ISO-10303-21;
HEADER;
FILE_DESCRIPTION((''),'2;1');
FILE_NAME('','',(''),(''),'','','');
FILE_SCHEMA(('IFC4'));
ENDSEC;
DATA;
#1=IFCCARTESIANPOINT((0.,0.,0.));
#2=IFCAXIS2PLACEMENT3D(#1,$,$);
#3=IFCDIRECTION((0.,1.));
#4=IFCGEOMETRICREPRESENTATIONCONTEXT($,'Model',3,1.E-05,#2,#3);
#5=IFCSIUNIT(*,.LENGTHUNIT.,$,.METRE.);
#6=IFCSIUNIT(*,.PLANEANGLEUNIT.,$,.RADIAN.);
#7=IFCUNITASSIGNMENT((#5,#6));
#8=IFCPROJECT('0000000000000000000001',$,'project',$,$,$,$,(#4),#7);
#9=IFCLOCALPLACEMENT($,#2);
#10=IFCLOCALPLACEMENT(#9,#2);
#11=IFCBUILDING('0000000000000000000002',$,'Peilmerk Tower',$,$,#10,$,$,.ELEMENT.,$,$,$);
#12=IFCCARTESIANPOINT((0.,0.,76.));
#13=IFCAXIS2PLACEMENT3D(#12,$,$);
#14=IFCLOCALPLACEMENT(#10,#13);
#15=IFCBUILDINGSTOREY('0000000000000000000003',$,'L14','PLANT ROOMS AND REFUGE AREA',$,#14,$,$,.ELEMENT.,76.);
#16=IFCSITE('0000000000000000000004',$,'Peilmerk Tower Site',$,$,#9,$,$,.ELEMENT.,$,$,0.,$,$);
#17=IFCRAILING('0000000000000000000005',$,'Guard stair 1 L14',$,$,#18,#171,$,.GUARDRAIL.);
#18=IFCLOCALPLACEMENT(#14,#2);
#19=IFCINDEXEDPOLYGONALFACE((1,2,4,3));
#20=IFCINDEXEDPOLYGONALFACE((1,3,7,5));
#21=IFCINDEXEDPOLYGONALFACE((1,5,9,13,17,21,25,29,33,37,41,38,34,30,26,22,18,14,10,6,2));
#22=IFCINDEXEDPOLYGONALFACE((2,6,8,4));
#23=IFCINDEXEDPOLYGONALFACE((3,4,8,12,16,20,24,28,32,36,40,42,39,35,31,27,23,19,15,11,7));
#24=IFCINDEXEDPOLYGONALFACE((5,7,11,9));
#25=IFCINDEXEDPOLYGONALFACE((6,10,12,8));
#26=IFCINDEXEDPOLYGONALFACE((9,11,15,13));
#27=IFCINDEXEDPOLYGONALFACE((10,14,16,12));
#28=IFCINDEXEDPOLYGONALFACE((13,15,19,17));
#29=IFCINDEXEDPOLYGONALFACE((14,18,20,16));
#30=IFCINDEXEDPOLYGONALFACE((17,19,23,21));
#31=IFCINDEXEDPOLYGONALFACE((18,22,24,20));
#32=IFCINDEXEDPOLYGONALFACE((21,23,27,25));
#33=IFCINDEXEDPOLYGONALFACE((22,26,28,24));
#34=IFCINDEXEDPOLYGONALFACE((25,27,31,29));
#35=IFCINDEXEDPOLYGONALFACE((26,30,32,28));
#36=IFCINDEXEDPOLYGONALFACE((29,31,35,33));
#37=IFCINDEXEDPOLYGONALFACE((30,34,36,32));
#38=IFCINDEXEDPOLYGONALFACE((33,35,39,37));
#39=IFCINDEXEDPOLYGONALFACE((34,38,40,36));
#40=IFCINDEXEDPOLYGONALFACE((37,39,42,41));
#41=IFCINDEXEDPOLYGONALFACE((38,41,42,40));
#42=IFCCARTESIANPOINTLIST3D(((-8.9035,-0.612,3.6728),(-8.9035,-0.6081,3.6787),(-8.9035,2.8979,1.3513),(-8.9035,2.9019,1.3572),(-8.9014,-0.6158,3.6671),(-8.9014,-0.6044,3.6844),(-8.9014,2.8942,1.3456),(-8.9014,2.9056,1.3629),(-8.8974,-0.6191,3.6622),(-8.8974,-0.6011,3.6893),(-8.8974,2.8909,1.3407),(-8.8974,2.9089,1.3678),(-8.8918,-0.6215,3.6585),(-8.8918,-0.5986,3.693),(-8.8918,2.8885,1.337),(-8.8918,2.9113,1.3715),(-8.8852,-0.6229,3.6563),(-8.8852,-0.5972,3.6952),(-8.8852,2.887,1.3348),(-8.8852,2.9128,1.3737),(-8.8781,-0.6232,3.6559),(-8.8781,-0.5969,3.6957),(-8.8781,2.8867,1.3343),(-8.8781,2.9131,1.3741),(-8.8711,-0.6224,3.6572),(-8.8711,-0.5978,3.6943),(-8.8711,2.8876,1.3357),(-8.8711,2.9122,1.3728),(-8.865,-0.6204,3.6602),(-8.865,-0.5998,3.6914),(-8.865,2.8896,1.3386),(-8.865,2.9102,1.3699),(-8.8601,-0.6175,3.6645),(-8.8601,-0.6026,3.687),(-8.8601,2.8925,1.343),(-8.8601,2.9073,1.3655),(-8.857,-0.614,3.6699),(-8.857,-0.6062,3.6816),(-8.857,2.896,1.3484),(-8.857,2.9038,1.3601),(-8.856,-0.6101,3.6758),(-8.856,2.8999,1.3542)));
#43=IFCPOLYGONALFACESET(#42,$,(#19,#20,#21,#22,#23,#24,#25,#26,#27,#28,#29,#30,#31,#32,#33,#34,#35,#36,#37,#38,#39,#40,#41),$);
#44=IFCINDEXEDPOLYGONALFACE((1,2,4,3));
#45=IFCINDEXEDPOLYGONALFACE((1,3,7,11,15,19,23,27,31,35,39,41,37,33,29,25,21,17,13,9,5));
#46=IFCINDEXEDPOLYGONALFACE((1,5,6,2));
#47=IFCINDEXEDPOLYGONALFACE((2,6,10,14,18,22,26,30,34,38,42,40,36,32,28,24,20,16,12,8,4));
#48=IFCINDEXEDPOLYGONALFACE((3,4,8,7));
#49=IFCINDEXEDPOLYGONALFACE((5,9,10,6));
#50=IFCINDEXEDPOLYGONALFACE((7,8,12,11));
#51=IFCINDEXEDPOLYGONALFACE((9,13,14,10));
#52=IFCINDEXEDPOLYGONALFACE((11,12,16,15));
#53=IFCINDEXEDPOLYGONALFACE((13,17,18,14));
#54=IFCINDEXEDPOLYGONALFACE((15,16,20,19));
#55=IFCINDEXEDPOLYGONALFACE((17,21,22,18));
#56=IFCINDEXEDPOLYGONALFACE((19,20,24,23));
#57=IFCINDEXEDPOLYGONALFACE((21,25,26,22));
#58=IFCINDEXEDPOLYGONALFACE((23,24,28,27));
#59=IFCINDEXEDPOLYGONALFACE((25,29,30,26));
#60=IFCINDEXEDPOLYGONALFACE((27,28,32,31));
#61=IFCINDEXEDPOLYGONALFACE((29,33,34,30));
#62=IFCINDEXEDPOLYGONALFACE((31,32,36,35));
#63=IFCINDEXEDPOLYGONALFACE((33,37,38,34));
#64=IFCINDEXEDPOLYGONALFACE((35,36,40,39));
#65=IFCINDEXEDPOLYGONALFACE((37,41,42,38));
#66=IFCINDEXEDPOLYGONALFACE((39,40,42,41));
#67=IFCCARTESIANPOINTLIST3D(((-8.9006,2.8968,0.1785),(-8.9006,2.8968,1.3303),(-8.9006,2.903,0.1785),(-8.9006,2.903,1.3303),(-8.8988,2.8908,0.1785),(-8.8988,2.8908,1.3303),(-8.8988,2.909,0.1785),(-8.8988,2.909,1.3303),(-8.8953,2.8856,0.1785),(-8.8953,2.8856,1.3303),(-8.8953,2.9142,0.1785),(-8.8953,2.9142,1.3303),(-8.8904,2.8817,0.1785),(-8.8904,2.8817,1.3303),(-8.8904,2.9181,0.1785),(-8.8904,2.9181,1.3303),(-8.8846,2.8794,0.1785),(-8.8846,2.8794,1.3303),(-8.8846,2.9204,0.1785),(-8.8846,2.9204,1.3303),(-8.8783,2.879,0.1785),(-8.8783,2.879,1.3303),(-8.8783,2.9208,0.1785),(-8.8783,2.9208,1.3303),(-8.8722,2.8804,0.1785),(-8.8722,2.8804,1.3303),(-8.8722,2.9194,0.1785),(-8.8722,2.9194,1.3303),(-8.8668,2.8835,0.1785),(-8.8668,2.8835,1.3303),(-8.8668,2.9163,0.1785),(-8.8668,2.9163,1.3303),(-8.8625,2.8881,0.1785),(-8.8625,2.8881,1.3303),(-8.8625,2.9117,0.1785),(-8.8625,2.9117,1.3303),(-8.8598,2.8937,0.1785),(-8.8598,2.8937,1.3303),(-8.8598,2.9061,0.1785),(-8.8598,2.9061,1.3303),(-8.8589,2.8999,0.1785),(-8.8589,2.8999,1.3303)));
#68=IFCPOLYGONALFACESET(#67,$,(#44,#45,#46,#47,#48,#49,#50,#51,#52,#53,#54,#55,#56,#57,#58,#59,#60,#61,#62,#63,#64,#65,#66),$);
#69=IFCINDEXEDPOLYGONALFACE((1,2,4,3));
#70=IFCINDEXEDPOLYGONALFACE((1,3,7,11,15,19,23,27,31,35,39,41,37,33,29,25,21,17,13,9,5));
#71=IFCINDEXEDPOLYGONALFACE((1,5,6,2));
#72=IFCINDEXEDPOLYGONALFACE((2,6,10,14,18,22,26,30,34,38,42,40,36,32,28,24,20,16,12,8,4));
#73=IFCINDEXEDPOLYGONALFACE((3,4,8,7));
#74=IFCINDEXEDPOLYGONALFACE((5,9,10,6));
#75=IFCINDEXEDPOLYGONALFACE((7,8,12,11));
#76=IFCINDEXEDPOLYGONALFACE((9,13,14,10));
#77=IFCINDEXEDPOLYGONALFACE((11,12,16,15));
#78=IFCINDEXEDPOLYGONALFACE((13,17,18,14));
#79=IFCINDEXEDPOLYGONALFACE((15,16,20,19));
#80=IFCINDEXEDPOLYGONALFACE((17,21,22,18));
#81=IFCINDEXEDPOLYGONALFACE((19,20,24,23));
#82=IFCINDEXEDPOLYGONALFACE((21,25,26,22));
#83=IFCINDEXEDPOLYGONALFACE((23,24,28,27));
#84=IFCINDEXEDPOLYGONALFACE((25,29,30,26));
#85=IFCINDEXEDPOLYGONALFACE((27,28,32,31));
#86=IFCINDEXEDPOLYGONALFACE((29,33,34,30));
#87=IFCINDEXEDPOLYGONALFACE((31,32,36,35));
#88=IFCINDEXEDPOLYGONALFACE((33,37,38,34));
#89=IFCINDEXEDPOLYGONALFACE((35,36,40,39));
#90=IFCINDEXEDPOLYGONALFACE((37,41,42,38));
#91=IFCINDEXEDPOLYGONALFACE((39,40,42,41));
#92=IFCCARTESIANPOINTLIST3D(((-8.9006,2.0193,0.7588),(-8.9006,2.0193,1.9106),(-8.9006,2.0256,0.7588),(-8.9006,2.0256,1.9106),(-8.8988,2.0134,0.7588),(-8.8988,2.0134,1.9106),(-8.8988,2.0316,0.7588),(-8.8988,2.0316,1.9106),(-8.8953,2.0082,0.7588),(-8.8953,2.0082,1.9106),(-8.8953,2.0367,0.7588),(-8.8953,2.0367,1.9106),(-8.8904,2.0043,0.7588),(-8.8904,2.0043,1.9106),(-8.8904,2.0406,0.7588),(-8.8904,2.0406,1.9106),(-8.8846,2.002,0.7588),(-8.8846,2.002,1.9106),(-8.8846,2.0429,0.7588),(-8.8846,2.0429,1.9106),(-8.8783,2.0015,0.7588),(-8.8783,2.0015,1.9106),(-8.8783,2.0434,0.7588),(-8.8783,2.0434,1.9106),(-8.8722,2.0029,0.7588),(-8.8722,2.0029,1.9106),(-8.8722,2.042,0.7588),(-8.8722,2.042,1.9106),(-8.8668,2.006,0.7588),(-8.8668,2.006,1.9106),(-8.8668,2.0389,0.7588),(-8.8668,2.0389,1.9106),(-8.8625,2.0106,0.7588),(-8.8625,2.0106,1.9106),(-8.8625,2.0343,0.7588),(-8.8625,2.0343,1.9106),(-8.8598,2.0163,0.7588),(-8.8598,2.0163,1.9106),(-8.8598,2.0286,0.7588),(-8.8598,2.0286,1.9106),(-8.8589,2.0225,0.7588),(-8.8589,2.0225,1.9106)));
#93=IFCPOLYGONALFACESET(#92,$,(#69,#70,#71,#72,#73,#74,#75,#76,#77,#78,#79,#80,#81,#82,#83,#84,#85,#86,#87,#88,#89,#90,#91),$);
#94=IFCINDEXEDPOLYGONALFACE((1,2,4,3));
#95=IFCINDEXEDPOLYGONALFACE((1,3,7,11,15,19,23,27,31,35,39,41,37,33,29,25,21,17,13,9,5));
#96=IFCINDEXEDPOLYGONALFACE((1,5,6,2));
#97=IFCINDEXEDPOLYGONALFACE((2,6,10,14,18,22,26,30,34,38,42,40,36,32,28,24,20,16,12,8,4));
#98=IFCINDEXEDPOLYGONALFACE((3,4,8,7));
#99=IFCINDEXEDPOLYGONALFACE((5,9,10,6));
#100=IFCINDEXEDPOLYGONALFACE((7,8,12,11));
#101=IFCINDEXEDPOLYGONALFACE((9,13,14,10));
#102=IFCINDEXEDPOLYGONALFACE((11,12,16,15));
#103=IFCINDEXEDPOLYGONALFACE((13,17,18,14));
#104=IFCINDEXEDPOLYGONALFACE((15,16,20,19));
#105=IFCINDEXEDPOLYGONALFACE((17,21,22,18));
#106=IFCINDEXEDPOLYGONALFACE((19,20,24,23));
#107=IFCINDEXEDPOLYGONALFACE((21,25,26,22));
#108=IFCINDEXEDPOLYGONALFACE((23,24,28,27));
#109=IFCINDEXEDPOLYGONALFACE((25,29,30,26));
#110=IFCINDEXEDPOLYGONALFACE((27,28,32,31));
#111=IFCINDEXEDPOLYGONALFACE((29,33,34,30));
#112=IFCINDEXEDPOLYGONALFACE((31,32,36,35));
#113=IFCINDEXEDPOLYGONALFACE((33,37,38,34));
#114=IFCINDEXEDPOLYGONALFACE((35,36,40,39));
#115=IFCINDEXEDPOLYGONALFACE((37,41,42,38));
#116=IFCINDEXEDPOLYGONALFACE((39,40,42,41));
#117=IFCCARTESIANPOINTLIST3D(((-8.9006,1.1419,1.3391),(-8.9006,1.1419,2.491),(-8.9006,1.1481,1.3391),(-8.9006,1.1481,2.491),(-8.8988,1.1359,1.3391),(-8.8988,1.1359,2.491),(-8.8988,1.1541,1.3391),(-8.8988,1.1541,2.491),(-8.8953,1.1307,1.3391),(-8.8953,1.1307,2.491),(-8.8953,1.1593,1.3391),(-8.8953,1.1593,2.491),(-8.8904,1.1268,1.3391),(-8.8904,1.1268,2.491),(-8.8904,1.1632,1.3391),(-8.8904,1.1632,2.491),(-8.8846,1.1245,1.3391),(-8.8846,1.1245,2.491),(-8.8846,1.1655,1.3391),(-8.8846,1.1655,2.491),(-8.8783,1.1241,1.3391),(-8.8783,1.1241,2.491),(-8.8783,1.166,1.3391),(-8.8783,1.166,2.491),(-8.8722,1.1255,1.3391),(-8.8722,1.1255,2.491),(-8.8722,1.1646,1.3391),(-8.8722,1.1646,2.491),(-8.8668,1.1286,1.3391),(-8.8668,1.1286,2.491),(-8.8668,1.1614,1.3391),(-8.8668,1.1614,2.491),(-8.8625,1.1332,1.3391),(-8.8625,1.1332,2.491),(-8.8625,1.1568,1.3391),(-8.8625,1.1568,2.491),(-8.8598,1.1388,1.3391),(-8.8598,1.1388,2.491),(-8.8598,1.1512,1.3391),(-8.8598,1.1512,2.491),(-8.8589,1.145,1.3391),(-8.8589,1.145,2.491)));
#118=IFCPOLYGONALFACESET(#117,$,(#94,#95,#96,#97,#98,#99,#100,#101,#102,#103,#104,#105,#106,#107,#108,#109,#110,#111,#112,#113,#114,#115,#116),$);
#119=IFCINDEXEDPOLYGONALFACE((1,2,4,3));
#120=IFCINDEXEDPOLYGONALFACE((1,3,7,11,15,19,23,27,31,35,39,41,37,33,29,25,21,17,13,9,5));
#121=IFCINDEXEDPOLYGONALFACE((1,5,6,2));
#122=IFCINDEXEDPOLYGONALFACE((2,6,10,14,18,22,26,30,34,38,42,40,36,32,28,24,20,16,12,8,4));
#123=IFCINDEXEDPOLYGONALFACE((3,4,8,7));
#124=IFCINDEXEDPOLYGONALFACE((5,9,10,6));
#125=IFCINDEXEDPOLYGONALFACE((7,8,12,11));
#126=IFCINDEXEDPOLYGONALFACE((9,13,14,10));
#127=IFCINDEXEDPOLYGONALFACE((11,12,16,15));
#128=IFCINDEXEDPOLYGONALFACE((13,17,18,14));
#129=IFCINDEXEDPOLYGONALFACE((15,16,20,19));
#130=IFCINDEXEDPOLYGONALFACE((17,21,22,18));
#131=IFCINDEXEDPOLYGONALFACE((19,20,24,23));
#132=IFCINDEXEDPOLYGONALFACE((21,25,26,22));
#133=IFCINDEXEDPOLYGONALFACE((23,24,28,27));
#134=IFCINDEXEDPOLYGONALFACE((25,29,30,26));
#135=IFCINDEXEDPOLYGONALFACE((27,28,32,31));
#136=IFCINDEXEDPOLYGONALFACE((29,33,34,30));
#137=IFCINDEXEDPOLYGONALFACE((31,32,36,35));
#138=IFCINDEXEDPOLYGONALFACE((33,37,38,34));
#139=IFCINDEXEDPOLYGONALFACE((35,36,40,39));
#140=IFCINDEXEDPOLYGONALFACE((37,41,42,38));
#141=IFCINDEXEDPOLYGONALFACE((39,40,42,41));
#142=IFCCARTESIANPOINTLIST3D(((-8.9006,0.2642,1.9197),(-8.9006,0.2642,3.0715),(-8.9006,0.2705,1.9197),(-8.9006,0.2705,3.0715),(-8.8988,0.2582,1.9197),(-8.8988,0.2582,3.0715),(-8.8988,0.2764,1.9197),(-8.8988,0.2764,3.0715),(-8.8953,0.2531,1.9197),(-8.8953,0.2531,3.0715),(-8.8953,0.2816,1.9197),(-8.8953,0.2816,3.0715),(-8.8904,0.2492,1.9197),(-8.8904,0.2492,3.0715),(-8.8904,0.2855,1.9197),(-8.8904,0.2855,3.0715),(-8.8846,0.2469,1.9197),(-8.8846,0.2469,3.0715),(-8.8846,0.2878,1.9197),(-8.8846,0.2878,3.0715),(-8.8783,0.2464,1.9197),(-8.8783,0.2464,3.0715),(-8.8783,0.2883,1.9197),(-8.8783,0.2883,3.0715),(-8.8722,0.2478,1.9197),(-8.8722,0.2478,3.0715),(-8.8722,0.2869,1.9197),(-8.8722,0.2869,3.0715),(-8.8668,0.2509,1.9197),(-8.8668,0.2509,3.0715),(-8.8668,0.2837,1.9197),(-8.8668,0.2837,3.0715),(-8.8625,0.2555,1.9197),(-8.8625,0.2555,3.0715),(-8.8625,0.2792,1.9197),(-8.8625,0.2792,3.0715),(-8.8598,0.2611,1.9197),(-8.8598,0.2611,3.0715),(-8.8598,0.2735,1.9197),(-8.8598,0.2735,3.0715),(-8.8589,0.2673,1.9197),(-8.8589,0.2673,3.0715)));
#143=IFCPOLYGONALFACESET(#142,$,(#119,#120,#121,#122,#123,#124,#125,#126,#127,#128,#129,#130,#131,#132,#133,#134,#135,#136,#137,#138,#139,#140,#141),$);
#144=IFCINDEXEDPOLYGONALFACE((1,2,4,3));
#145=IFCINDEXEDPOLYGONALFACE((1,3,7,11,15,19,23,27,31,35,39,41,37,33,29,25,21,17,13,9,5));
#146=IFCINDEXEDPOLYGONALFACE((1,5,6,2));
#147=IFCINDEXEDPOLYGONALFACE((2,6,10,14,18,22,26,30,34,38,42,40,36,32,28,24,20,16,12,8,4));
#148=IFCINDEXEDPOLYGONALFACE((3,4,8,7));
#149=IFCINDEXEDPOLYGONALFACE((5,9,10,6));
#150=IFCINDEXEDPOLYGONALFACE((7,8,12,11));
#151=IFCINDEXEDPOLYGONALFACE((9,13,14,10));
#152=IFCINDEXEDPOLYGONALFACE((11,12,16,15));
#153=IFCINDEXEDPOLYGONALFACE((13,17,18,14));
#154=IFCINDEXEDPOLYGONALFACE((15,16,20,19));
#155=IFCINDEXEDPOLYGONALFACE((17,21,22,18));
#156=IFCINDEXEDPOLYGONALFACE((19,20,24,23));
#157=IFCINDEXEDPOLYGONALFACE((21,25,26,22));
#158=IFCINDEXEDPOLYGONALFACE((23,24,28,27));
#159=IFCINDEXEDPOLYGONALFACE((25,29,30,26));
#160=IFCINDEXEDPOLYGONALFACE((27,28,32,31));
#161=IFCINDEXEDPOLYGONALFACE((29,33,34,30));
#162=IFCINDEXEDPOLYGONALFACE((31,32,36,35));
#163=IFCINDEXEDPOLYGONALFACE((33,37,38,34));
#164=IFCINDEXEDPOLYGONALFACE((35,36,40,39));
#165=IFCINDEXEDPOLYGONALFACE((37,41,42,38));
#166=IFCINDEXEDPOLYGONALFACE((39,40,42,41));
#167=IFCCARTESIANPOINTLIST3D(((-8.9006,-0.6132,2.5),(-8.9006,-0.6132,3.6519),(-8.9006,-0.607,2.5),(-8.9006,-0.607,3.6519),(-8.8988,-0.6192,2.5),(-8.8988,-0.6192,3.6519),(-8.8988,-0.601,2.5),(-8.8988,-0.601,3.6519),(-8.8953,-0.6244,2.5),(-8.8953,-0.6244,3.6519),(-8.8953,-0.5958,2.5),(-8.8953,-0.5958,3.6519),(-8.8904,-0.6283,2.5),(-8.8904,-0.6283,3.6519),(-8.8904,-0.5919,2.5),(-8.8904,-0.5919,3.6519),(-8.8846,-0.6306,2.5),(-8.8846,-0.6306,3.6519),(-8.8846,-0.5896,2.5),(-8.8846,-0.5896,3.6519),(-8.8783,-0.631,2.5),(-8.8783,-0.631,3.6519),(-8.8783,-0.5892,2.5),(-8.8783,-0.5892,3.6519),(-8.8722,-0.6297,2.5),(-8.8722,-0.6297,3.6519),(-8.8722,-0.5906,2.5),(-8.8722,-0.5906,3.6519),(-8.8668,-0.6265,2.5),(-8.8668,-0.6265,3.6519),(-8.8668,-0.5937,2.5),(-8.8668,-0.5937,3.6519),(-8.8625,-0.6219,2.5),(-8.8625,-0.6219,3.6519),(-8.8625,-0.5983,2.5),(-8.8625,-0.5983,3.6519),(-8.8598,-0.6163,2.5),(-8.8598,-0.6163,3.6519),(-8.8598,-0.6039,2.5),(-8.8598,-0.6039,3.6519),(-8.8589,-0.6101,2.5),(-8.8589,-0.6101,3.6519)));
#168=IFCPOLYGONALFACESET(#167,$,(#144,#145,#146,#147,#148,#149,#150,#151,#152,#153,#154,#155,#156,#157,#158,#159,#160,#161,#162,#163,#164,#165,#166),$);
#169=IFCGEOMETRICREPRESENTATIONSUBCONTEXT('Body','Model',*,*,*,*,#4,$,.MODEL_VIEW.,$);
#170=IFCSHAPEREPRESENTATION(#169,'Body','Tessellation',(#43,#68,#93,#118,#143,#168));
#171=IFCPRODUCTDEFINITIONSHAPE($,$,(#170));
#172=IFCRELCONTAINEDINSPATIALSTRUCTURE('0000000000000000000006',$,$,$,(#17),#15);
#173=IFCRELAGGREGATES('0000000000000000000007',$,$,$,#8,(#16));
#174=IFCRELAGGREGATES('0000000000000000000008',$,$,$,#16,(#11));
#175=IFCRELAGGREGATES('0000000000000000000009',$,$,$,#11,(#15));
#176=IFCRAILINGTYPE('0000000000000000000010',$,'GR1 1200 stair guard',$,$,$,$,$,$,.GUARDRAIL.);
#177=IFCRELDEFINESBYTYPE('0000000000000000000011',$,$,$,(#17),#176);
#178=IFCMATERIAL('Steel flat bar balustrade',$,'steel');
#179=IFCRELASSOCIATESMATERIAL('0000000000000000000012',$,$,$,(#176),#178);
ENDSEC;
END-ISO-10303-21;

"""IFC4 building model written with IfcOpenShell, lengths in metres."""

from ifc_helpers import new_model, si_unit, direction, frame, origin, origin_2d, place, context, subcontext, project, spatial, circle, extrude, material, type_object, element, save


model = new_model("IFC4")

# Units and contexts
model_context = context("Model", 3, precision=1e-05, world=origin(), true_north=direction((0.0, 1.0)))
body_context = subcontext(model_context, "Body", "Model", "MODEL_VIEW")
ifc_project = project(units=[si_unit("LENGTHUNIT", "METRE"), si_unit("PLANEANGLEUNIT", "RADIAN")], contexts=[model_context])

# Site, building, storey
site_placement = place(None, origin())
site = spatial("IfcSite", under=ifc_project, at=site_placement, Name="Peilmerk Tower Site", CompositionType="ELEMENT", RefElevation=0.0)
building_placement = place(site_placement, origin())
building = spatial("IfcBuilding", under=site, at=building_placement, Name="Peilmerk Tower", CompositionType="ELEMENT")
storey_placement = place(building_placement, frame((0.0, 0.0, 76.0)))
storey = spatial("IfcBuildingStorey", under=building, at=storey_placement, Name="L14", Description="PLANT ROOMS AND REFUGE AREA", CompositionType="ELEMENT", Elevation=76.0)

# Railing
ifc_material_1 = material(Name="Steel flat bar balustrade", Category="steel")
railing_type_1 = type_object("IfcRailingType", Name="GR1 1200 stair guard", PredefinedType="GUARDRAIL", material=ifc_material_1)
railing_1_placement = place(storey_placement, frame((-8.8799, 2.8999, 0.1785)))
element("IfcRailing", 1, at=railing_1_placement, inside=storey, type_object=railing_type_1, Name="Guard stair 1 L14", PredefinedType="GUARDRAIL", context=body_context, shape_type="SweptSolid", body=[
    extrude(circle(Radius=0.0239, at=origin_2d()), frame((0.0, 0.0, 1.1758), z_axis=(0.0, -0.834071, 0.551657), x_axis=(1.0, 0.0, 0.0)), (0.0, 0.0, 1.0), 4.2083),
    extrude(circle(Radius=0.021, at=origin_2d()), origin(), (0.0, 0.0, 1.0), 1.1519),
    extrude(circle(Radius=0.021, at=origin_2d()), frame((0.0, -0.8774, 0.5803)), (0.0, 0.0, 1.0), 1.1519),
    extrude(circle(Radius=0.021, at=origin_2d()), frame((0.0, -1.7549, 1.1606)), (0.0, 0.0, 1.0), 1.1519),
    extrude(circle(Radius=0.021, at=origin_2d()), frame((0.0, -2.6326, 1.7412)), (0.0, 0.0, 1.0), 1.1519),
    extrude(circle(Radius=0.021, at=origin_2d()), frame((0.0, -3.51, 2.3215)), (0.0, 0.0, 1.0), 1.1519),
])

save(model, "model.ifc")
